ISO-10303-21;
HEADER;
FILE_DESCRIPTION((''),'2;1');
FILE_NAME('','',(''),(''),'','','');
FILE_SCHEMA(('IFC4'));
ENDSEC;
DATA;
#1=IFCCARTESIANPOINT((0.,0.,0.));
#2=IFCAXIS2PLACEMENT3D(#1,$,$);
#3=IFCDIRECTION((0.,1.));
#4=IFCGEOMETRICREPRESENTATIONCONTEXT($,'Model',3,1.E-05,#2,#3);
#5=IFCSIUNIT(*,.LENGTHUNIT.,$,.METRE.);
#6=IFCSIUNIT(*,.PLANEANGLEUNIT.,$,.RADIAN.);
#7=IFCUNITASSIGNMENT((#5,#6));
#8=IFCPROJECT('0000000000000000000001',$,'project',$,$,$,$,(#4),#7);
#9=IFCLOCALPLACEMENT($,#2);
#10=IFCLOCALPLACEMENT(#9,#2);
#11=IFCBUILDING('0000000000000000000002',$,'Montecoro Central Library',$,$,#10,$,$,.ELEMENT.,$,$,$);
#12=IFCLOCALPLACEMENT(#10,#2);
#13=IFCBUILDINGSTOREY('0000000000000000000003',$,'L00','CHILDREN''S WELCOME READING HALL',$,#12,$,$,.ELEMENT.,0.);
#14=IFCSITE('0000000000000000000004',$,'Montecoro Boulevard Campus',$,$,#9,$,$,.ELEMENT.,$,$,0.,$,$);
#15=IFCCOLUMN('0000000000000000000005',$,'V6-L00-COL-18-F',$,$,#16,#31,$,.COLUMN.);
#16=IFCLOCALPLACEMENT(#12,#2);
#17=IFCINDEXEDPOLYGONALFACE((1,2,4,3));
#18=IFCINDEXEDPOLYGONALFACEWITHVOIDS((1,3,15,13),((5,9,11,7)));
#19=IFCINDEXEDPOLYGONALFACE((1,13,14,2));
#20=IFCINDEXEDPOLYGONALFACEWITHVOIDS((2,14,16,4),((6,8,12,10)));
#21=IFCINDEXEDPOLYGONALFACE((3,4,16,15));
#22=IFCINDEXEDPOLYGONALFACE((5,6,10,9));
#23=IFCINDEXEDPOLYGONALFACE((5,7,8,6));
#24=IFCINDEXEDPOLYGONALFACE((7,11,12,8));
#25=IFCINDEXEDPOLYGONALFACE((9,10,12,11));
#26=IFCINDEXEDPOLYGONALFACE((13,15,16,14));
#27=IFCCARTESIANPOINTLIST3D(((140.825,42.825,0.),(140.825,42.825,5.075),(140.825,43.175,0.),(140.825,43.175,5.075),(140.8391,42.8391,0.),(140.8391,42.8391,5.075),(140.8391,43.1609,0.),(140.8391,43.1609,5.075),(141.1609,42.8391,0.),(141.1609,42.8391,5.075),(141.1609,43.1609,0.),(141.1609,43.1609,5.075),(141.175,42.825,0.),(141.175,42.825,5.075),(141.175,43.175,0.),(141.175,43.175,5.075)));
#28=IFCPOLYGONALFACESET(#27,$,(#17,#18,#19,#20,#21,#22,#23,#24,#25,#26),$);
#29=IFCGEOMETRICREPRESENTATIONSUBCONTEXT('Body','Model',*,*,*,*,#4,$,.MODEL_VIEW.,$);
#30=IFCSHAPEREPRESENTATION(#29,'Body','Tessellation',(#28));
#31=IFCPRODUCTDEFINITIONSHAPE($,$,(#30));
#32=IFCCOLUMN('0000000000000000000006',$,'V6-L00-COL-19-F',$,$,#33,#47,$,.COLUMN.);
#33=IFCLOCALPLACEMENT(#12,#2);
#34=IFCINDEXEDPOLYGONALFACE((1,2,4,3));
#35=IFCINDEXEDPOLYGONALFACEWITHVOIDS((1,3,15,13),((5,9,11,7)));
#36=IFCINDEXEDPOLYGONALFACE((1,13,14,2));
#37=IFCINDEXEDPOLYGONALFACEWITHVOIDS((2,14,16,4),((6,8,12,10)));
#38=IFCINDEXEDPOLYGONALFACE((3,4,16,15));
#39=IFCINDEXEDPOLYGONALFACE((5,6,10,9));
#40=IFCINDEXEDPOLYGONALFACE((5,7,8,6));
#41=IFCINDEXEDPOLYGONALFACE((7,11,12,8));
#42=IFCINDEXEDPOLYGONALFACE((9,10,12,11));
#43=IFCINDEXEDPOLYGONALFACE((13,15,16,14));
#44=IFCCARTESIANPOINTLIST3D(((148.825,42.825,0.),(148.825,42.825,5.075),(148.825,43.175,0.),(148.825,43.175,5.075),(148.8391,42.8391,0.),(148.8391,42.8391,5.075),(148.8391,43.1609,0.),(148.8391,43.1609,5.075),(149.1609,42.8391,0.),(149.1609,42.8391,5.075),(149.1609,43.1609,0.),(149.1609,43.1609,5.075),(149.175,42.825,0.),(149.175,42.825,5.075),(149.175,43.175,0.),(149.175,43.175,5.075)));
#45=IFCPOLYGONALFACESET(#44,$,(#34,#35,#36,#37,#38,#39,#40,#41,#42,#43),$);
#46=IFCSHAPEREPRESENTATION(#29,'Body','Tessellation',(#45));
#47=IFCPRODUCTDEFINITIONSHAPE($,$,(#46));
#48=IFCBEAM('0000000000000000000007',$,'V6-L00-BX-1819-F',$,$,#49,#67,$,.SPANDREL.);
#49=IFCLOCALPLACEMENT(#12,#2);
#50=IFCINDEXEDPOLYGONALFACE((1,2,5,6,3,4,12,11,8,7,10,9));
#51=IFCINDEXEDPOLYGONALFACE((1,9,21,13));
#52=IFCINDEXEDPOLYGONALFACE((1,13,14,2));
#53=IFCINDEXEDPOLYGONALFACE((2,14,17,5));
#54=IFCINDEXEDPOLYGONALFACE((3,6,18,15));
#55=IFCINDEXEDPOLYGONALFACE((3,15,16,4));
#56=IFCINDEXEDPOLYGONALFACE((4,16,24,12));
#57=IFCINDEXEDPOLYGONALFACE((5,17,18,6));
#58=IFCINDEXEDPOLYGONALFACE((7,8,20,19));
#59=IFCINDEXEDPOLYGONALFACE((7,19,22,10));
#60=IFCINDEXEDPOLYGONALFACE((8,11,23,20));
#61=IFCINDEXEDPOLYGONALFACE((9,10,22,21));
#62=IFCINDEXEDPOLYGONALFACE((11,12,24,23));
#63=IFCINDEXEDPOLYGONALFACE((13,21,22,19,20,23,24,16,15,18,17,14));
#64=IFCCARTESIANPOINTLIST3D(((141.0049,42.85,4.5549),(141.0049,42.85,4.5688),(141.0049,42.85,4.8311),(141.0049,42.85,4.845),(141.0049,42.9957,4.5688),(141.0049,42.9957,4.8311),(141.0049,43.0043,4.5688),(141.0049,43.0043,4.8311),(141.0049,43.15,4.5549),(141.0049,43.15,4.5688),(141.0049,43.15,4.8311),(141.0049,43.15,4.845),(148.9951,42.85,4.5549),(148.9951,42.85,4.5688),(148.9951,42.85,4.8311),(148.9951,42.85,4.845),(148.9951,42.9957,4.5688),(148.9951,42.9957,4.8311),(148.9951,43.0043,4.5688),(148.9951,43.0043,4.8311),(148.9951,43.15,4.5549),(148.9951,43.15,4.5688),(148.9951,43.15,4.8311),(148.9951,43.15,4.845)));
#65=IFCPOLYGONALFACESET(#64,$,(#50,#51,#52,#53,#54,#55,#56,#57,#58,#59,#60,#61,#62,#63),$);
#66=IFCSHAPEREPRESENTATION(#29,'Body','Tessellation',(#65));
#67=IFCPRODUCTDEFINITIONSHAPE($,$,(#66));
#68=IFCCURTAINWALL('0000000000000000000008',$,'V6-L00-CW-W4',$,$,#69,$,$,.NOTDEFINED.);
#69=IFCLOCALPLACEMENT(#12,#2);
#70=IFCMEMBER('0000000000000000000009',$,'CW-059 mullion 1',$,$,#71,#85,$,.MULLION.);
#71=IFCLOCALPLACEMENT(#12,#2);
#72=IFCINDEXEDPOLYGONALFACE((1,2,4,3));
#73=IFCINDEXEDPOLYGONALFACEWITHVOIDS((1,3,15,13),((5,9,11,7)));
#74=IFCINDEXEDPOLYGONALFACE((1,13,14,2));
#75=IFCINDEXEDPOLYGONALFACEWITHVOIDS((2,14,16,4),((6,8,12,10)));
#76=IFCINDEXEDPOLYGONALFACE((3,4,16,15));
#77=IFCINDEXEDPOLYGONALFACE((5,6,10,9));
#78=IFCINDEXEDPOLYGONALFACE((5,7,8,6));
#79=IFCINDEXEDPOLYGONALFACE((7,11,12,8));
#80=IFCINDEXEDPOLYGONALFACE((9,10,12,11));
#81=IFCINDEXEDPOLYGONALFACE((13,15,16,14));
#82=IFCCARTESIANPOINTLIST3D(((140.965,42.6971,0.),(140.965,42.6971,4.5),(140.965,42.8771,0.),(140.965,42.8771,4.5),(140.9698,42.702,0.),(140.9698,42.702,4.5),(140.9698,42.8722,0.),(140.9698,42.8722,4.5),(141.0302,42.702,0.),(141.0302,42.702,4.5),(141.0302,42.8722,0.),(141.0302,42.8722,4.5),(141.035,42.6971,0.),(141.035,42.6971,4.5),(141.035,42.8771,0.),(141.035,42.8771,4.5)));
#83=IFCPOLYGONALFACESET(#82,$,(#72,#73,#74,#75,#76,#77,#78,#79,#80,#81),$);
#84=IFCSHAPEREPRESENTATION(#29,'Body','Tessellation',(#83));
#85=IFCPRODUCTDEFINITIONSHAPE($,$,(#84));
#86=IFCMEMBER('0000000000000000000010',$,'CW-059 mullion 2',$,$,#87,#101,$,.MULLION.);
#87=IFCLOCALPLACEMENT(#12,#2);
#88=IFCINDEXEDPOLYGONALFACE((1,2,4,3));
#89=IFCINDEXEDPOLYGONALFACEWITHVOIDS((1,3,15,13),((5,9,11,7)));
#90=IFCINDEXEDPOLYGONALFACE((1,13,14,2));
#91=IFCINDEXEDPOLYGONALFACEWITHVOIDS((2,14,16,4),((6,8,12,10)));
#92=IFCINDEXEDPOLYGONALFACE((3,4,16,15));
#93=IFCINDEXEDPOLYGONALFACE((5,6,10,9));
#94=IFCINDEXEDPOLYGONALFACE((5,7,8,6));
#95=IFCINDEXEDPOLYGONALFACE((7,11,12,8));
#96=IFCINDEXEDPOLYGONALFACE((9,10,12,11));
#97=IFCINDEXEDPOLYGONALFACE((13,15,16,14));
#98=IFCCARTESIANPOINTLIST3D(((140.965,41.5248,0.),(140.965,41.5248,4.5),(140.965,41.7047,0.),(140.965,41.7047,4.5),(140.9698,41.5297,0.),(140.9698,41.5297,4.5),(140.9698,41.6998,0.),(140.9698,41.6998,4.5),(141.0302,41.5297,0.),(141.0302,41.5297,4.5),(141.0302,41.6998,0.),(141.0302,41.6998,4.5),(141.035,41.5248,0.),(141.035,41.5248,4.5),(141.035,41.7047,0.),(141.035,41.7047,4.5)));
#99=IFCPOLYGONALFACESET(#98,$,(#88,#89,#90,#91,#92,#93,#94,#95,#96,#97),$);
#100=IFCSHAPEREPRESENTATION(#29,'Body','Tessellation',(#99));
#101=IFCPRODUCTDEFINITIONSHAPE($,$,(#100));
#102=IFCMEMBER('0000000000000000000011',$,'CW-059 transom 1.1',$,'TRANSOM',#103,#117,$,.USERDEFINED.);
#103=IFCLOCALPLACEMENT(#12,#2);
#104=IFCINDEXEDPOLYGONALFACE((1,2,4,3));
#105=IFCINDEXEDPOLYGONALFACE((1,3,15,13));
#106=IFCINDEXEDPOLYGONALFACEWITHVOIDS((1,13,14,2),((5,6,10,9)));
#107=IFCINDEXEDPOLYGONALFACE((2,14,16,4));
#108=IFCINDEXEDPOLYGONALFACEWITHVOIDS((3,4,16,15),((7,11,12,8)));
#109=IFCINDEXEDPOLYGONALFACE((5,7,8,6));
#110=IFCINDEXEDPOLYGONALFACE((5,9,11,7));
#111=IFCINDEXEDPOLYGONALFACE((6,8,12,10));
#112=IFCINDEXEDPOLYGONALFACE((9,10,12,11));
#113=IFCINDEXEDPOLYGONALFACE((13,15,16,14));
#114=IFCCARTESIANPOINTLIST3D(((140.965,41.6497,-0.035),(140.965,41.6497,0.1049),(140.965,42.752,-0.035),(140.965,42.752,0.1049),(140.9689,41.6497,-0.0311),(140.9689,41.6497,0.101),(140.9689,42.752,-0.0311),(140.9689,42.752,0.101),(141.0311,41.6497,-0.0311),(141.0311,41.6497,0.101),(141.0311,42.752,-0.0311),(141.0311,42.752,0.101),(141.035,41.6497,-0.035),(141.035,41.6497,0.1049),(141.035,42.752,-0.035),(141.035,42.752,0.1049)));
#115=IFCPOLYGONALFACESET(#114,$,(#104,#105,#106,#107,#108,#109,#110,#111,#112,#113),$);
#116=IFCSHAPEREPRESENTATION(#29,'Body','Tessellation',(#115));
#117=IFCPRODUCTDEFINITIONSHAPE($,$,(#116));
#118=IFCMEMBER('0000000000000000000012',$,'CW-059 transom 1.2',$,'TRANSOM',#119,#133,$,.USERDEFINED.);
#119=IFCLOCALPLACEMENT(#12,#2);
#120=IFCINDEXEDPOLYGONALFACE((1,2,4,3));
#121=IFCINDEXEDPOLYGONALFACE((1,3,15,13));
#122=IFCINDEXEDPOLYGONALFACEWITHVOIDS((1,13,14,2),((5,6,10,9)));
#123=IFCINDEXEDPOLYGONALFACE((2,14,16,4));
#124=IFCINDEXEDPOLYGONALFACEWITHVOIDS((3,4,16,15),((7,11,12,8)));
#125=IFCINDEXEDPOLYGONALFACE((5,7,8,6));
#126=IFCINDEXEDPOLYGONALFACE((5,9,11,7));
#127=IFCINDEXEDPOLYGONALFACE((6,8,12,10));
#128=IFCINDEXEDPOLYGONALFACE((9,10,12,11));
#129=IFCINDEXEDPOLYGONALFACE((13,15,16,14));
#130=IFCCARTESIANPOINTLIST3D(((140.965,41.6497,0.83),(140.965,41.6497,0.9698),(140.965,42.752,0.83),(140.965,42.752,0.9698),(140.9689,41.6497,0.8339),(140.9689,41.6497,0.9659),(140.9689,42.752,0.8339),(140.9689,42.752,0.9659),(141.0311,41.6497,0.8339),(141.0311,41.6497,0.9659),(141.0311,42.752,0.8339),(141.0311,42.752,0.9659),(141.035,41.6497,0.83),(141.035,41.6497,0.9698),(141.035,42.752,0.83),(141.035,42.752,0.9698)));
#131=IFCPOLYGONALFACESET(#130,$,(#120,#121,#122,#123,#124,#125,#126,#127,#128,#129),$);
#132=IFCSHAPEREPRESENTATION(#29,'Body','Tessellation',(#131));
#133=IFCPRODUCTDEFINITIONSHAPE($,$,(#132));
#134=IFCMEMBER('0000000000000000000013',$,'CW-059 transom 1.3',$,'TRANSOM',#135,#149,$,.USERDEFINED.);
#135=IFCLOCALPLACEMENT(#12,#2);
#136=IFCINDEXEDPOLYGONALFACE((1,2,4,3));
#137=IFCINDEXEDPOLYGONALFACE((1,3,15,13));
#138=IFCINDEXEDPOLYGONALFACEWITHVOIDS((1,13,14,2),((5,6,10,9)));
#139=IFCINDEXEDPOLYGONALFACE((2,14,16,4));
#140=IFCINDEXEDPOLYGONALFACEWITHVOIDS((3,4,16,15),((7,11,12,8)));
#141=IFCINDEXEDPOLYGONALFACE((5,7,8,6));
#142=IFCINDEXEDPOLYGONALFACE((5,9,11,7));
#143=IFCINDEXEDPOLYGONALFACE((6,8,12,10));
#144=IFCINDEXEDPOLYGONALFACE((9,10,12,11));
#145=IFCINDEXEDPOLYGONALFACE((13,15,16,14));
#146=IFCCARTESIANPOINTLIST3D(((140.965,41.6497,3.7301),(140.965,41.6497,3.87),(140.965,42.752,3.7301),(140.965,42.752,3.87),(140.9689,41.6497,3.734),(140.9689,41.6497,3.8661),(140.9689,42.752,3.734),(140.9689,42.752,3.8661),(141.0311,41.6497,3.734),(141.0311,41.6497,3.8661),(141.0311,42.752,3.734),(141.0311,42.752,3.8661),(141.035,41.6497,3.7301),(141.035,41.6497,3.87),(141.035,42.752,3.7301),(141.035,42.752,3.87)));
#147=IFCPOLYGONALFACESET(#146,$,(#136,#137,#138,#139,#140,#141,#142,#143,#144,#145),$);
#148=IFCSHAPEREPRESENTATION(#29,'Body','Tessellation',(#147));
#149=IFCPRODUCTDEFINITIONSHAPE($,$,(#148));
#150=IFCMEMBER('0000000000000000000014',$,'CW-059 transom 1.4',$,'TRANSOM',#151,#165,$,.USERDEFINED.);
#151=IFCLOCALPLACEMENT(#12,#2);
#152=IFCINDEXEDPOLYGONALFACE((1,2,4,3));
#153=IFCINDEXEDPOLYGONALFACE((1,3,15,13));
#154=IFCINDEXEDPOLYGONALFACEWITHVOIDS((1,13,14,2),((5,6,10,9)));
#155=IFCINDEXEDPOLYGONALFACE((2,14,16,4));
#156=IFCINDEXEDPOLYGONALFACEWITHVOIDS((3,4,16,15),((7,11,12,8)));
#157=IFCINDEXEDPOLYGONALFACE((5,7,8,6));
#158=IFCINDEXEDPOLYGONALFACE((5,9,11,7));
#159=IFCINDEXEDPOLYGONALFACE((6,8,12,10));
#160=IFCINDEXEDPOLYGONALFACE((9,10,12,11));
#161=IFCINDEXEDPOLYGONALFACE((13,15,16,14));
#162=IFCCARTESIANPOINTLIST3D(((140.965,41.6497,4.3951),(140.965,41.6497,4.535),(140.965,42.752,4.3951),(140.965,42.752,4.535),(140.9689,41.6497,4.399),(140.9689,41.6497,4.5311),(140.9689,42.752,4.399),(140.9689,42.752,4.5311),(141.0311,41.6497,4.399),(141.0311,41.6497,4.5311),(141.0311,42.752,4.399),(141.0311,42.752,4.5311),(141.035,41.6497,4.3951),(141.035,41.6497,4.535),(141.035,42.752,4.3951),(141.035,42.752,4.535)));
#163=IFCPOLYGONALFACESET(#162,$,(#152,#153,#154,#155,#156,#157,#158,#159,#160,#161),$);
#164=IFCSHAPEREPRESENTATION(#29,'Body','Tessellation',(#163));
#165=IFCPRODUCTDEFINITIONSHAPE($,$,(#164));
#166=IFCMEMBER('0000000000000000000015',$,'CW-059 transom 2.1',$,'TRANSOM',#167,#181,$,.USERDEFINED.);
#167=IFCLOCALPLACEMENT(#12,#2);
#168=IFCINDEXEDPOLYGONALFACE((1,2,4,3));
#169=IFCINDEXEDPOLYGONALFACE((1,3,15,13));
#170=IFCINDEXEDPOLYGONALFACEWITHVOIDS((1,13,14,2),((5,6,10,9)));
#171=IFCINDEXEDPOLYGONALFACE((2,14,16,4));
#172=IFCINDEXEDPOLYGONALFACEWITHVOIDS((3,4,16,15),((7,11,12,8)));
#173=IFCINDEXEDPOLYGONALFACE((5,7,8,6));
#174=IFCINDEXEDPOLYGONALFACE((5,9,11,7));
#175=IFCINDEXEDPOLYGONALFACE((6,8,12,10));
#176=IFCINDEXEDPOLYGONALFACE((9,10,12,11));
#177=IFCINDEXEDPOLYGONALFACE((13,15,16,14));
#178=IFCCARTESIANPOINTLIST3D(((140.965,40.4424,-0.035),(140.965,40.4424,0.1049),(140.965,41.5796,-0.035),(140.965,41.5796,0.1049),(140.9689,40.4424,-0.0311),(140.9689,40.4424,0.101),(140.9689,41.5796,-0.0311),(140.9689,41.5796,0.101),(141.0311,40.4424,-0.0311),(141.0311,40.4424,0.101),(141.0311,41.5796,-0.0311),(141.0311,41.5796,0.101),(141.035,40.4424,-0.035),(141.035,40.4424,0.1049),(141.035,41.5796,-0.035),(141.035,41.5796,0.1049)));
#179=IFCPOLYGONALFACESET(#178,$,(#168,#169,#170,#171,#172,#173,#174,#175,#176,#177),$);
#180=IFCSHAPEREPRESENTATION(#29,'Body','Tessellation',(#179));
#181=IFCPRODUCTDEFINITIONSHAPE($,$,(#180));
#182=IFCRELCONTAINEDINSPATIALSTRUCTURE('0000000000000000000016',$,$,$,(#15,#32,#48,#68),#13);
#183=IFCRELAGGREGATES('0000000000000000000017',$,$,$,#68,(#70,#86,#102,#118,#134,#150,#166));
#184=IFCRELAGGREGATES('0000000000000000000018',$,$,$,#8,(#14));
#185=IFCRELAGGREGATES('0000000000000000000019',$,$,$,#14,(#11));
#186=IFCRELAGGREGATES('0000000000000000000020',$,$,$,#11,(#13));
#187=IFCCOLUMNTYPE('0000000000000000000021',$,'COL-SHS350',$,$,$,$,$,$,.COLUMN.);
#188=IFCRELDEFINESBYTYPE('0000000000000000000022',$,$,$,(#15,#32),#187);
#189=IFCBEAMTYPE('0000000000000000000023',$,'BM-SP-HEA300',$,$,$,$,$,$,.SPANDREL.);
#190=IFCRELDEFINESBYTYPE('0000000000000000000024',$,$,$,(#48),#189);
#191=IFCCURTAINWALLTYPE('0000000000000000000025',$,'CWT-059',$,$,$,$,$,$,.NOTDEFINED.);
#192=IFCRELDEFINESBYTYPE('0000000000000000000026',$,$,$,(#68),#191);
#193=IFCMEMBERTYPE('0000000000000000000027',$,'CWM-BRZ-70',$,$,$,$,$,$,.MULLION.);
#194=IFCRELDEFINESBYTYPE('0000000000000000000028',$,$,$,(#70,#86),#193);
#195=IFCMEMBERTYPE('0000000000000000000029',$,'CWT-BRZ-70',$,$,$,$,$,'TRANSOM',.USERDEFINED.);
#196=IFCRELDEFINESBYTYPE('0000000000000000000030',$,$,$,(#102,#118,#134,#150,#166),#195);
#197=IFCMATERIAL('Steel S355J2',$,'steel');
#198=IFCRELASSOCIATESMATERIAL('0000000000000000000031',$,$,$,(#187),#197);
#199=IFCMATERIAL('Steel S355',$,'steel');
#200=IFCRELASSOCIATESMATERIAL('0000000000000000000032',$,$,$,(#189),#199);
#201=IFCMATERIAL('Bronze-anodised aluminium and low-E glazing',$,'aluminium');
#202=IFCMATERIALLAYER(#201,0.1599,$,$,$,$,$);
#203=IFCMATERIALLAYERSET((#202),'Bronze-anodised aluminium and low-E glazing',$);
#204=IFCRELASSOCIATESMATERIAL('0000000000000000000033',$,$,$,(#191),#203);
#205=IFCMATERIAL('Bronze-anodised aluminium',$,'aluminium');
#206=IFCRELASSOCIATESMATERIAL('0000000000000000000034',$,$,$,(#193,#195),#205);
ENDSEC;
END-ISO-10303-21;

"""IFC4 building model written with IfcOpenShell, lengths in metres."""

from ifc_helpers import new_model, si_unit, direction, frame, origin, origin_2d, place, context, subcontext, project, spatial, hollow_rectangle, i_section, extrude, material, layer, layer_set, material_profile, profile_set, type_object, element, aggregate, save


model = new_model("IFC4")

# Units and contexts
model_context = context("Model", 3, precision=1e-05, world=origin(), true_north=direction((0.0, 1.0)))
body_context = subcontext(model_context, "Body", "Model", "MODEL_VIEW")
ifc_project = project(units=[si_unit("LENGTHUNIT", "METRE"), si_unit("PLANEANGLEUNIT", "RADIAN")], contexts=[model_context])

# Site, building, storey
site_placement = place(None, origin())
site = spatial("IfcSite", under=ifc_project, at=site_placement, Name="Montecoro Boulevard Campus", CompositionType="ELEMENT", RefElevation=0.0)
building_placement = place(site_placement, origin())
building = spatial("IfcBuilding", under=site, at=building_placement, Name="Montecoro Central Library", CompositionType="ELEMENT")
storey_placement = place(building_placement, origin())
storey = spatial("IfcBuildingStorey", under=building, at=storey_placement, Name="L00", Description="CHILDREN'S WELCOME READING HALL", CompositionType="ELEMENT", Elevation=0.0)

# Columns
ifc_material_1 = material(Name="Steel S355J2", Category="steel")
ifc_material_profile_1 = material_profile(ifc_material_1, hollow_rectangle(XDim=0.3501, YDim=0.3501, WallThickness=0.0142, at=origin_2d()), Name="SHS 350x350x14.2")
ifc_profile_set_1 = profile_set([ifc_material_profile_1], Name="Steel S355J2")
column_type = type_object("IfcColumnType", Name="COL-SHS350", PredefinedType="COLUMN", material=ifc_profile_set_1)
for number, where, z_axis, x_axis, name in (
    (1, (141.0, 43.0, 0.0), (0.0, 0.0, 1.0), (1.0, 0.0, 0.0), "V6-L00-COL-18-F"),
    (2, (149.0, 43.0, 0.0), (0.0, 0.0, 1.0), (1.0, 0.0, 0.0), "V6-L00-COL-19-F"),
):
    element("IfcColumn", number, at=place(storey_placement, frame(where, z_axis=z_axis, x_axis=x_axis)), inside=storey, type_object=column_type, Name=name, PredefinedType="COLUMN", context=body_context, shape_type="SweptSolid", body=[
        extrude(hollow_rectangle(XDim=0.3501, YDim=0.3501, WallThickness=0.0142, at=origin_2d()), origin(), (0.0, 0.0, 1.0), 5.075),
    ])

# Beam
ifc_material_2 = material(Name="Steel S355", Category="steel")
ifc_material_profile_2 = material_profile(ifc_material_2, i_section(OverallWidth=0.3, OverallDepth=0.29, WebThickness=0.0085, FlangeThickness=0.0139, at=origin_2d()), Name="HEA 300")
ifc_profile_set_2 = profile_set([ifc_material_profile_2], Name="Steel S355")
beam_type = type_object("IfcBeamType", Name="BM-SP-HEA300", PredefinedType="SPANDREL", material=ifc_profile_set_2)
beam_placement = place(storey_placement, frame((141.0049, 43.0, 4.7), z_axis=(1.0, 0.0, 0.0), x_axis=(0.0, 1.0, 0.0)))
element("IfcBeam", 3, at=beam_placement, inside=storey, type_object=beam_type, Name="V6-L00-BX-1819-F", PredefinedType="SPANDREL", context=body_context, shape_type="SweptSolid", body=[
    extrude(i_section(OverallWidth=0.3, OverallDepth=0.29, WebThickness=0.0085, FlangeThickness=0.0139, at=origin_2d()), origin(), (0.0, 0.0, 1.0), 7.9902),
])

# Curtain wall, members
ifc_material_3 = material(Name="Bronze-anodised aluminium and low-E glazing", Category="aluminium")
ifc_layer_1 = layer(ifc_material_3, 0.1599)
ifc_layer_set_1 = layer_set([ifc_layer_1], Name="Bronze-anodised aluminium and low-E glazing")
curtain_wall_type = type_object("IfcCurtainWallType", Name="CWT-059", PredefinedType="NOTDEFINED", material=ifc_layer_set_1)
curtain_wall_placement = place(storey_placement, origin())
curtain_wall = element("IfcCurtainWall", 4, at=curtain_wall_placement, inside=storey, type_object=curtain_wall_type, Name="V6-L00-CW-W4", PredefinedType="NOTDEFINED")
ifc_material_4 = material(Name="Bronze-anodised aluminium", Category="aluminium")
ifc_material_profile_3 = material_profile(ifc_material_4, hollow_rectangle(XDim=0.0701, YDim=0.1799, WallThickness=0.0049, at=origin_2d()), Name="CWM 180x70x5.0")
ifc_profile_set_3 = profile_set([ifc_material_profile_3], Name="Bronze-anodised aluminium")
member_type_1 = type_object("IfcMemberType", Name="CWM-BRZ-70", PredefinedType="MULLION", material=ifc_profile_set_3)
member_1_placement = place(storey_placement, frame((141.0, 42.7871, 0.0), z_axis=(0.0, 0.0, 1.0), x_axis=(1.0, 0.0, 0.0)))
member_1 = element("IfcMember", 5, at=member_1_placement, type_object=member_type_1, Name="CW-059 mullion 1", PredefinedType="MULLION", context=body_context, shape_type="SweptSolid", body=[
    extrude(hollow_rectangle(XDim=0.0701, YDim=0.1799, WallThickness=0.0049, at=origin_2d()), origin(), (0.0, 0.0, 1.0), 4.5),
])
member_2_placement = place(storey_placement, frame((141.0, 41.6147, 0.0), z_axis=(0.0, 0.0, 1.0), x_axis=(1.0, 0.0, 0.0)))
member_2 = element("IfcMember", 6, at=member_2_placement, type_object=member_type_1, Name="CW-059 mullion 2", PredefinedType="MULLION", context=body_context, shape_type="SweptSolid", body=[
    extrude(hollow_rectangle(XDim=0.0701, YDim=0.1799, WallThickness=0.0049, at=origin_2d()), origin(), (0.0, 0.0, 1.0), 4.5),
])
ifc_material_profile_4 = material_profile(ifc_material_4, hollow_rectangle(XDim=0.0701, YDim=0.1399, WallThickness=0.0039, at=origin_2d()), Name="CWT 140x70x4.0")
ifc_profile_set_4 = profile_set([ifc_material_profile_4], Name="Bronze-anodised aluminium")
member_type_2 = type_object("IfcMemberType", Name="CWT-BRZ-70", ElementType="TRANSOM", PredefinedType="USERDEFINED", material=ifc_profile_set_4)
member_3_placement = place(storey_placement, frame((141.0, 42.752, 0.0349), z_axis=(0.0, -1.0, 0.0), x_axis=(1.0, 0.0, 0.0)))
member_3 = element("IfcMember", 7, at=member_3_placement, type_object=member_type_2, Name="CW-059 transom 1.1", ObjectType="TRANSOM", PredefinedType="USERDEFINED", context=body_context, shape_type="SweptSolid", body=[
    extrude(hollow_rectangle(XDim=0.0701, YDim=0.1399, WallThickness=0.0039, at=origin_2d()), origin(), (0.0, 0.0, 1.0), 1.1023),
])
member_4_placement = place(storey_placement, frame((141.0, 42.752, 0.8999), z_axis=(0.0, -1.0, 0.0), x_axis=(1.0, 0.0, 0.0)))
member_4 = element("IfcMember", 8, at=member_4_placement, type_object=member_type_2, Name="CW-059 transom 1.2", ObjectType="TRANSOM", PredefinedType="USERDEFINED", context=body_context, shape_type="SweptSolid", body=[
    extrude(hollow_rectangle(XDim=0.0701, YDim=0.1399, WallThickness=0.0039, at=origin_2d()), origin(), (0.0, 0.0, 1.0), 1.1023),
])
member_5_placement = place(storey_placement, frame((141.0, 42.752, 3.8), z_axis=(0.0, -1.0, 0.0), x_axis=(1.0, 0.0, 0.0)))
member_5 = element("IfcMember", 9, at=member_5_placement, type_object=member_type_2, Name="CW-059 transom 1.3", ObjectType="TRANSOM", PredefinedType="USERDEFINED", context=body_context, shape_type="SweptSolid", body=[
    extrude(hollow_rectangle(XDim=0.0701, YDim=0.1399, WallThickness=0.0039, at=origin_2d()), origin(), (0.0, 0.0, 1.0), 1.1023),
])
member_6_placement = place(storey_placement, frame((141.0, 42.752, 4.4651), z_axis=(0.0, -1.0, 0.0), x_axis=(1.0, 0.0, 0.0)))
member_6 = element("IfcMember", 10, at=member_6_placement, type_object=member_type_2, Name="CW-059 transom 1.4", ObjectType="TRANSOM", PredefinedType="USERDEFINED", context=body_context, shape_type="SweptSolid", body=[
    extrude(hollow_rectangle(XDim=0.0701, YDim=0.1399, WallThickness=0.0039, at=origin_2d()), origin(), (0.0, 0.0, 1.0), 1.1023),
])
member_7_placement = place(storey_placement, frame((141.0, 41.5796, 0.0349), z_axis=(0.0, -1.0, 0.0), x_axis=(1.0, 0.0, 0.0)))
member_7 = element("IfcMember", 11, at=member_7_placement, type_object=member_type_2, Name="CW-059 transom 2.1", ObjectType="TRANSOM", PredefinedType="USERDEFINED", context=body_context, shape_type="SweptSolid", body=[
    extrude(hollow_rectangle(XDim=0.0701, YDim=0.1399, WallThickness=0.0039, at=origin_2d()), origin(), (0.0, 0.0, 1.0), 1.1372),
])
aggregate(curtain_wall, [member_1, member_2, member_3, member_4, member_5, member_6, member_7])

save(model, "model.ifc")
